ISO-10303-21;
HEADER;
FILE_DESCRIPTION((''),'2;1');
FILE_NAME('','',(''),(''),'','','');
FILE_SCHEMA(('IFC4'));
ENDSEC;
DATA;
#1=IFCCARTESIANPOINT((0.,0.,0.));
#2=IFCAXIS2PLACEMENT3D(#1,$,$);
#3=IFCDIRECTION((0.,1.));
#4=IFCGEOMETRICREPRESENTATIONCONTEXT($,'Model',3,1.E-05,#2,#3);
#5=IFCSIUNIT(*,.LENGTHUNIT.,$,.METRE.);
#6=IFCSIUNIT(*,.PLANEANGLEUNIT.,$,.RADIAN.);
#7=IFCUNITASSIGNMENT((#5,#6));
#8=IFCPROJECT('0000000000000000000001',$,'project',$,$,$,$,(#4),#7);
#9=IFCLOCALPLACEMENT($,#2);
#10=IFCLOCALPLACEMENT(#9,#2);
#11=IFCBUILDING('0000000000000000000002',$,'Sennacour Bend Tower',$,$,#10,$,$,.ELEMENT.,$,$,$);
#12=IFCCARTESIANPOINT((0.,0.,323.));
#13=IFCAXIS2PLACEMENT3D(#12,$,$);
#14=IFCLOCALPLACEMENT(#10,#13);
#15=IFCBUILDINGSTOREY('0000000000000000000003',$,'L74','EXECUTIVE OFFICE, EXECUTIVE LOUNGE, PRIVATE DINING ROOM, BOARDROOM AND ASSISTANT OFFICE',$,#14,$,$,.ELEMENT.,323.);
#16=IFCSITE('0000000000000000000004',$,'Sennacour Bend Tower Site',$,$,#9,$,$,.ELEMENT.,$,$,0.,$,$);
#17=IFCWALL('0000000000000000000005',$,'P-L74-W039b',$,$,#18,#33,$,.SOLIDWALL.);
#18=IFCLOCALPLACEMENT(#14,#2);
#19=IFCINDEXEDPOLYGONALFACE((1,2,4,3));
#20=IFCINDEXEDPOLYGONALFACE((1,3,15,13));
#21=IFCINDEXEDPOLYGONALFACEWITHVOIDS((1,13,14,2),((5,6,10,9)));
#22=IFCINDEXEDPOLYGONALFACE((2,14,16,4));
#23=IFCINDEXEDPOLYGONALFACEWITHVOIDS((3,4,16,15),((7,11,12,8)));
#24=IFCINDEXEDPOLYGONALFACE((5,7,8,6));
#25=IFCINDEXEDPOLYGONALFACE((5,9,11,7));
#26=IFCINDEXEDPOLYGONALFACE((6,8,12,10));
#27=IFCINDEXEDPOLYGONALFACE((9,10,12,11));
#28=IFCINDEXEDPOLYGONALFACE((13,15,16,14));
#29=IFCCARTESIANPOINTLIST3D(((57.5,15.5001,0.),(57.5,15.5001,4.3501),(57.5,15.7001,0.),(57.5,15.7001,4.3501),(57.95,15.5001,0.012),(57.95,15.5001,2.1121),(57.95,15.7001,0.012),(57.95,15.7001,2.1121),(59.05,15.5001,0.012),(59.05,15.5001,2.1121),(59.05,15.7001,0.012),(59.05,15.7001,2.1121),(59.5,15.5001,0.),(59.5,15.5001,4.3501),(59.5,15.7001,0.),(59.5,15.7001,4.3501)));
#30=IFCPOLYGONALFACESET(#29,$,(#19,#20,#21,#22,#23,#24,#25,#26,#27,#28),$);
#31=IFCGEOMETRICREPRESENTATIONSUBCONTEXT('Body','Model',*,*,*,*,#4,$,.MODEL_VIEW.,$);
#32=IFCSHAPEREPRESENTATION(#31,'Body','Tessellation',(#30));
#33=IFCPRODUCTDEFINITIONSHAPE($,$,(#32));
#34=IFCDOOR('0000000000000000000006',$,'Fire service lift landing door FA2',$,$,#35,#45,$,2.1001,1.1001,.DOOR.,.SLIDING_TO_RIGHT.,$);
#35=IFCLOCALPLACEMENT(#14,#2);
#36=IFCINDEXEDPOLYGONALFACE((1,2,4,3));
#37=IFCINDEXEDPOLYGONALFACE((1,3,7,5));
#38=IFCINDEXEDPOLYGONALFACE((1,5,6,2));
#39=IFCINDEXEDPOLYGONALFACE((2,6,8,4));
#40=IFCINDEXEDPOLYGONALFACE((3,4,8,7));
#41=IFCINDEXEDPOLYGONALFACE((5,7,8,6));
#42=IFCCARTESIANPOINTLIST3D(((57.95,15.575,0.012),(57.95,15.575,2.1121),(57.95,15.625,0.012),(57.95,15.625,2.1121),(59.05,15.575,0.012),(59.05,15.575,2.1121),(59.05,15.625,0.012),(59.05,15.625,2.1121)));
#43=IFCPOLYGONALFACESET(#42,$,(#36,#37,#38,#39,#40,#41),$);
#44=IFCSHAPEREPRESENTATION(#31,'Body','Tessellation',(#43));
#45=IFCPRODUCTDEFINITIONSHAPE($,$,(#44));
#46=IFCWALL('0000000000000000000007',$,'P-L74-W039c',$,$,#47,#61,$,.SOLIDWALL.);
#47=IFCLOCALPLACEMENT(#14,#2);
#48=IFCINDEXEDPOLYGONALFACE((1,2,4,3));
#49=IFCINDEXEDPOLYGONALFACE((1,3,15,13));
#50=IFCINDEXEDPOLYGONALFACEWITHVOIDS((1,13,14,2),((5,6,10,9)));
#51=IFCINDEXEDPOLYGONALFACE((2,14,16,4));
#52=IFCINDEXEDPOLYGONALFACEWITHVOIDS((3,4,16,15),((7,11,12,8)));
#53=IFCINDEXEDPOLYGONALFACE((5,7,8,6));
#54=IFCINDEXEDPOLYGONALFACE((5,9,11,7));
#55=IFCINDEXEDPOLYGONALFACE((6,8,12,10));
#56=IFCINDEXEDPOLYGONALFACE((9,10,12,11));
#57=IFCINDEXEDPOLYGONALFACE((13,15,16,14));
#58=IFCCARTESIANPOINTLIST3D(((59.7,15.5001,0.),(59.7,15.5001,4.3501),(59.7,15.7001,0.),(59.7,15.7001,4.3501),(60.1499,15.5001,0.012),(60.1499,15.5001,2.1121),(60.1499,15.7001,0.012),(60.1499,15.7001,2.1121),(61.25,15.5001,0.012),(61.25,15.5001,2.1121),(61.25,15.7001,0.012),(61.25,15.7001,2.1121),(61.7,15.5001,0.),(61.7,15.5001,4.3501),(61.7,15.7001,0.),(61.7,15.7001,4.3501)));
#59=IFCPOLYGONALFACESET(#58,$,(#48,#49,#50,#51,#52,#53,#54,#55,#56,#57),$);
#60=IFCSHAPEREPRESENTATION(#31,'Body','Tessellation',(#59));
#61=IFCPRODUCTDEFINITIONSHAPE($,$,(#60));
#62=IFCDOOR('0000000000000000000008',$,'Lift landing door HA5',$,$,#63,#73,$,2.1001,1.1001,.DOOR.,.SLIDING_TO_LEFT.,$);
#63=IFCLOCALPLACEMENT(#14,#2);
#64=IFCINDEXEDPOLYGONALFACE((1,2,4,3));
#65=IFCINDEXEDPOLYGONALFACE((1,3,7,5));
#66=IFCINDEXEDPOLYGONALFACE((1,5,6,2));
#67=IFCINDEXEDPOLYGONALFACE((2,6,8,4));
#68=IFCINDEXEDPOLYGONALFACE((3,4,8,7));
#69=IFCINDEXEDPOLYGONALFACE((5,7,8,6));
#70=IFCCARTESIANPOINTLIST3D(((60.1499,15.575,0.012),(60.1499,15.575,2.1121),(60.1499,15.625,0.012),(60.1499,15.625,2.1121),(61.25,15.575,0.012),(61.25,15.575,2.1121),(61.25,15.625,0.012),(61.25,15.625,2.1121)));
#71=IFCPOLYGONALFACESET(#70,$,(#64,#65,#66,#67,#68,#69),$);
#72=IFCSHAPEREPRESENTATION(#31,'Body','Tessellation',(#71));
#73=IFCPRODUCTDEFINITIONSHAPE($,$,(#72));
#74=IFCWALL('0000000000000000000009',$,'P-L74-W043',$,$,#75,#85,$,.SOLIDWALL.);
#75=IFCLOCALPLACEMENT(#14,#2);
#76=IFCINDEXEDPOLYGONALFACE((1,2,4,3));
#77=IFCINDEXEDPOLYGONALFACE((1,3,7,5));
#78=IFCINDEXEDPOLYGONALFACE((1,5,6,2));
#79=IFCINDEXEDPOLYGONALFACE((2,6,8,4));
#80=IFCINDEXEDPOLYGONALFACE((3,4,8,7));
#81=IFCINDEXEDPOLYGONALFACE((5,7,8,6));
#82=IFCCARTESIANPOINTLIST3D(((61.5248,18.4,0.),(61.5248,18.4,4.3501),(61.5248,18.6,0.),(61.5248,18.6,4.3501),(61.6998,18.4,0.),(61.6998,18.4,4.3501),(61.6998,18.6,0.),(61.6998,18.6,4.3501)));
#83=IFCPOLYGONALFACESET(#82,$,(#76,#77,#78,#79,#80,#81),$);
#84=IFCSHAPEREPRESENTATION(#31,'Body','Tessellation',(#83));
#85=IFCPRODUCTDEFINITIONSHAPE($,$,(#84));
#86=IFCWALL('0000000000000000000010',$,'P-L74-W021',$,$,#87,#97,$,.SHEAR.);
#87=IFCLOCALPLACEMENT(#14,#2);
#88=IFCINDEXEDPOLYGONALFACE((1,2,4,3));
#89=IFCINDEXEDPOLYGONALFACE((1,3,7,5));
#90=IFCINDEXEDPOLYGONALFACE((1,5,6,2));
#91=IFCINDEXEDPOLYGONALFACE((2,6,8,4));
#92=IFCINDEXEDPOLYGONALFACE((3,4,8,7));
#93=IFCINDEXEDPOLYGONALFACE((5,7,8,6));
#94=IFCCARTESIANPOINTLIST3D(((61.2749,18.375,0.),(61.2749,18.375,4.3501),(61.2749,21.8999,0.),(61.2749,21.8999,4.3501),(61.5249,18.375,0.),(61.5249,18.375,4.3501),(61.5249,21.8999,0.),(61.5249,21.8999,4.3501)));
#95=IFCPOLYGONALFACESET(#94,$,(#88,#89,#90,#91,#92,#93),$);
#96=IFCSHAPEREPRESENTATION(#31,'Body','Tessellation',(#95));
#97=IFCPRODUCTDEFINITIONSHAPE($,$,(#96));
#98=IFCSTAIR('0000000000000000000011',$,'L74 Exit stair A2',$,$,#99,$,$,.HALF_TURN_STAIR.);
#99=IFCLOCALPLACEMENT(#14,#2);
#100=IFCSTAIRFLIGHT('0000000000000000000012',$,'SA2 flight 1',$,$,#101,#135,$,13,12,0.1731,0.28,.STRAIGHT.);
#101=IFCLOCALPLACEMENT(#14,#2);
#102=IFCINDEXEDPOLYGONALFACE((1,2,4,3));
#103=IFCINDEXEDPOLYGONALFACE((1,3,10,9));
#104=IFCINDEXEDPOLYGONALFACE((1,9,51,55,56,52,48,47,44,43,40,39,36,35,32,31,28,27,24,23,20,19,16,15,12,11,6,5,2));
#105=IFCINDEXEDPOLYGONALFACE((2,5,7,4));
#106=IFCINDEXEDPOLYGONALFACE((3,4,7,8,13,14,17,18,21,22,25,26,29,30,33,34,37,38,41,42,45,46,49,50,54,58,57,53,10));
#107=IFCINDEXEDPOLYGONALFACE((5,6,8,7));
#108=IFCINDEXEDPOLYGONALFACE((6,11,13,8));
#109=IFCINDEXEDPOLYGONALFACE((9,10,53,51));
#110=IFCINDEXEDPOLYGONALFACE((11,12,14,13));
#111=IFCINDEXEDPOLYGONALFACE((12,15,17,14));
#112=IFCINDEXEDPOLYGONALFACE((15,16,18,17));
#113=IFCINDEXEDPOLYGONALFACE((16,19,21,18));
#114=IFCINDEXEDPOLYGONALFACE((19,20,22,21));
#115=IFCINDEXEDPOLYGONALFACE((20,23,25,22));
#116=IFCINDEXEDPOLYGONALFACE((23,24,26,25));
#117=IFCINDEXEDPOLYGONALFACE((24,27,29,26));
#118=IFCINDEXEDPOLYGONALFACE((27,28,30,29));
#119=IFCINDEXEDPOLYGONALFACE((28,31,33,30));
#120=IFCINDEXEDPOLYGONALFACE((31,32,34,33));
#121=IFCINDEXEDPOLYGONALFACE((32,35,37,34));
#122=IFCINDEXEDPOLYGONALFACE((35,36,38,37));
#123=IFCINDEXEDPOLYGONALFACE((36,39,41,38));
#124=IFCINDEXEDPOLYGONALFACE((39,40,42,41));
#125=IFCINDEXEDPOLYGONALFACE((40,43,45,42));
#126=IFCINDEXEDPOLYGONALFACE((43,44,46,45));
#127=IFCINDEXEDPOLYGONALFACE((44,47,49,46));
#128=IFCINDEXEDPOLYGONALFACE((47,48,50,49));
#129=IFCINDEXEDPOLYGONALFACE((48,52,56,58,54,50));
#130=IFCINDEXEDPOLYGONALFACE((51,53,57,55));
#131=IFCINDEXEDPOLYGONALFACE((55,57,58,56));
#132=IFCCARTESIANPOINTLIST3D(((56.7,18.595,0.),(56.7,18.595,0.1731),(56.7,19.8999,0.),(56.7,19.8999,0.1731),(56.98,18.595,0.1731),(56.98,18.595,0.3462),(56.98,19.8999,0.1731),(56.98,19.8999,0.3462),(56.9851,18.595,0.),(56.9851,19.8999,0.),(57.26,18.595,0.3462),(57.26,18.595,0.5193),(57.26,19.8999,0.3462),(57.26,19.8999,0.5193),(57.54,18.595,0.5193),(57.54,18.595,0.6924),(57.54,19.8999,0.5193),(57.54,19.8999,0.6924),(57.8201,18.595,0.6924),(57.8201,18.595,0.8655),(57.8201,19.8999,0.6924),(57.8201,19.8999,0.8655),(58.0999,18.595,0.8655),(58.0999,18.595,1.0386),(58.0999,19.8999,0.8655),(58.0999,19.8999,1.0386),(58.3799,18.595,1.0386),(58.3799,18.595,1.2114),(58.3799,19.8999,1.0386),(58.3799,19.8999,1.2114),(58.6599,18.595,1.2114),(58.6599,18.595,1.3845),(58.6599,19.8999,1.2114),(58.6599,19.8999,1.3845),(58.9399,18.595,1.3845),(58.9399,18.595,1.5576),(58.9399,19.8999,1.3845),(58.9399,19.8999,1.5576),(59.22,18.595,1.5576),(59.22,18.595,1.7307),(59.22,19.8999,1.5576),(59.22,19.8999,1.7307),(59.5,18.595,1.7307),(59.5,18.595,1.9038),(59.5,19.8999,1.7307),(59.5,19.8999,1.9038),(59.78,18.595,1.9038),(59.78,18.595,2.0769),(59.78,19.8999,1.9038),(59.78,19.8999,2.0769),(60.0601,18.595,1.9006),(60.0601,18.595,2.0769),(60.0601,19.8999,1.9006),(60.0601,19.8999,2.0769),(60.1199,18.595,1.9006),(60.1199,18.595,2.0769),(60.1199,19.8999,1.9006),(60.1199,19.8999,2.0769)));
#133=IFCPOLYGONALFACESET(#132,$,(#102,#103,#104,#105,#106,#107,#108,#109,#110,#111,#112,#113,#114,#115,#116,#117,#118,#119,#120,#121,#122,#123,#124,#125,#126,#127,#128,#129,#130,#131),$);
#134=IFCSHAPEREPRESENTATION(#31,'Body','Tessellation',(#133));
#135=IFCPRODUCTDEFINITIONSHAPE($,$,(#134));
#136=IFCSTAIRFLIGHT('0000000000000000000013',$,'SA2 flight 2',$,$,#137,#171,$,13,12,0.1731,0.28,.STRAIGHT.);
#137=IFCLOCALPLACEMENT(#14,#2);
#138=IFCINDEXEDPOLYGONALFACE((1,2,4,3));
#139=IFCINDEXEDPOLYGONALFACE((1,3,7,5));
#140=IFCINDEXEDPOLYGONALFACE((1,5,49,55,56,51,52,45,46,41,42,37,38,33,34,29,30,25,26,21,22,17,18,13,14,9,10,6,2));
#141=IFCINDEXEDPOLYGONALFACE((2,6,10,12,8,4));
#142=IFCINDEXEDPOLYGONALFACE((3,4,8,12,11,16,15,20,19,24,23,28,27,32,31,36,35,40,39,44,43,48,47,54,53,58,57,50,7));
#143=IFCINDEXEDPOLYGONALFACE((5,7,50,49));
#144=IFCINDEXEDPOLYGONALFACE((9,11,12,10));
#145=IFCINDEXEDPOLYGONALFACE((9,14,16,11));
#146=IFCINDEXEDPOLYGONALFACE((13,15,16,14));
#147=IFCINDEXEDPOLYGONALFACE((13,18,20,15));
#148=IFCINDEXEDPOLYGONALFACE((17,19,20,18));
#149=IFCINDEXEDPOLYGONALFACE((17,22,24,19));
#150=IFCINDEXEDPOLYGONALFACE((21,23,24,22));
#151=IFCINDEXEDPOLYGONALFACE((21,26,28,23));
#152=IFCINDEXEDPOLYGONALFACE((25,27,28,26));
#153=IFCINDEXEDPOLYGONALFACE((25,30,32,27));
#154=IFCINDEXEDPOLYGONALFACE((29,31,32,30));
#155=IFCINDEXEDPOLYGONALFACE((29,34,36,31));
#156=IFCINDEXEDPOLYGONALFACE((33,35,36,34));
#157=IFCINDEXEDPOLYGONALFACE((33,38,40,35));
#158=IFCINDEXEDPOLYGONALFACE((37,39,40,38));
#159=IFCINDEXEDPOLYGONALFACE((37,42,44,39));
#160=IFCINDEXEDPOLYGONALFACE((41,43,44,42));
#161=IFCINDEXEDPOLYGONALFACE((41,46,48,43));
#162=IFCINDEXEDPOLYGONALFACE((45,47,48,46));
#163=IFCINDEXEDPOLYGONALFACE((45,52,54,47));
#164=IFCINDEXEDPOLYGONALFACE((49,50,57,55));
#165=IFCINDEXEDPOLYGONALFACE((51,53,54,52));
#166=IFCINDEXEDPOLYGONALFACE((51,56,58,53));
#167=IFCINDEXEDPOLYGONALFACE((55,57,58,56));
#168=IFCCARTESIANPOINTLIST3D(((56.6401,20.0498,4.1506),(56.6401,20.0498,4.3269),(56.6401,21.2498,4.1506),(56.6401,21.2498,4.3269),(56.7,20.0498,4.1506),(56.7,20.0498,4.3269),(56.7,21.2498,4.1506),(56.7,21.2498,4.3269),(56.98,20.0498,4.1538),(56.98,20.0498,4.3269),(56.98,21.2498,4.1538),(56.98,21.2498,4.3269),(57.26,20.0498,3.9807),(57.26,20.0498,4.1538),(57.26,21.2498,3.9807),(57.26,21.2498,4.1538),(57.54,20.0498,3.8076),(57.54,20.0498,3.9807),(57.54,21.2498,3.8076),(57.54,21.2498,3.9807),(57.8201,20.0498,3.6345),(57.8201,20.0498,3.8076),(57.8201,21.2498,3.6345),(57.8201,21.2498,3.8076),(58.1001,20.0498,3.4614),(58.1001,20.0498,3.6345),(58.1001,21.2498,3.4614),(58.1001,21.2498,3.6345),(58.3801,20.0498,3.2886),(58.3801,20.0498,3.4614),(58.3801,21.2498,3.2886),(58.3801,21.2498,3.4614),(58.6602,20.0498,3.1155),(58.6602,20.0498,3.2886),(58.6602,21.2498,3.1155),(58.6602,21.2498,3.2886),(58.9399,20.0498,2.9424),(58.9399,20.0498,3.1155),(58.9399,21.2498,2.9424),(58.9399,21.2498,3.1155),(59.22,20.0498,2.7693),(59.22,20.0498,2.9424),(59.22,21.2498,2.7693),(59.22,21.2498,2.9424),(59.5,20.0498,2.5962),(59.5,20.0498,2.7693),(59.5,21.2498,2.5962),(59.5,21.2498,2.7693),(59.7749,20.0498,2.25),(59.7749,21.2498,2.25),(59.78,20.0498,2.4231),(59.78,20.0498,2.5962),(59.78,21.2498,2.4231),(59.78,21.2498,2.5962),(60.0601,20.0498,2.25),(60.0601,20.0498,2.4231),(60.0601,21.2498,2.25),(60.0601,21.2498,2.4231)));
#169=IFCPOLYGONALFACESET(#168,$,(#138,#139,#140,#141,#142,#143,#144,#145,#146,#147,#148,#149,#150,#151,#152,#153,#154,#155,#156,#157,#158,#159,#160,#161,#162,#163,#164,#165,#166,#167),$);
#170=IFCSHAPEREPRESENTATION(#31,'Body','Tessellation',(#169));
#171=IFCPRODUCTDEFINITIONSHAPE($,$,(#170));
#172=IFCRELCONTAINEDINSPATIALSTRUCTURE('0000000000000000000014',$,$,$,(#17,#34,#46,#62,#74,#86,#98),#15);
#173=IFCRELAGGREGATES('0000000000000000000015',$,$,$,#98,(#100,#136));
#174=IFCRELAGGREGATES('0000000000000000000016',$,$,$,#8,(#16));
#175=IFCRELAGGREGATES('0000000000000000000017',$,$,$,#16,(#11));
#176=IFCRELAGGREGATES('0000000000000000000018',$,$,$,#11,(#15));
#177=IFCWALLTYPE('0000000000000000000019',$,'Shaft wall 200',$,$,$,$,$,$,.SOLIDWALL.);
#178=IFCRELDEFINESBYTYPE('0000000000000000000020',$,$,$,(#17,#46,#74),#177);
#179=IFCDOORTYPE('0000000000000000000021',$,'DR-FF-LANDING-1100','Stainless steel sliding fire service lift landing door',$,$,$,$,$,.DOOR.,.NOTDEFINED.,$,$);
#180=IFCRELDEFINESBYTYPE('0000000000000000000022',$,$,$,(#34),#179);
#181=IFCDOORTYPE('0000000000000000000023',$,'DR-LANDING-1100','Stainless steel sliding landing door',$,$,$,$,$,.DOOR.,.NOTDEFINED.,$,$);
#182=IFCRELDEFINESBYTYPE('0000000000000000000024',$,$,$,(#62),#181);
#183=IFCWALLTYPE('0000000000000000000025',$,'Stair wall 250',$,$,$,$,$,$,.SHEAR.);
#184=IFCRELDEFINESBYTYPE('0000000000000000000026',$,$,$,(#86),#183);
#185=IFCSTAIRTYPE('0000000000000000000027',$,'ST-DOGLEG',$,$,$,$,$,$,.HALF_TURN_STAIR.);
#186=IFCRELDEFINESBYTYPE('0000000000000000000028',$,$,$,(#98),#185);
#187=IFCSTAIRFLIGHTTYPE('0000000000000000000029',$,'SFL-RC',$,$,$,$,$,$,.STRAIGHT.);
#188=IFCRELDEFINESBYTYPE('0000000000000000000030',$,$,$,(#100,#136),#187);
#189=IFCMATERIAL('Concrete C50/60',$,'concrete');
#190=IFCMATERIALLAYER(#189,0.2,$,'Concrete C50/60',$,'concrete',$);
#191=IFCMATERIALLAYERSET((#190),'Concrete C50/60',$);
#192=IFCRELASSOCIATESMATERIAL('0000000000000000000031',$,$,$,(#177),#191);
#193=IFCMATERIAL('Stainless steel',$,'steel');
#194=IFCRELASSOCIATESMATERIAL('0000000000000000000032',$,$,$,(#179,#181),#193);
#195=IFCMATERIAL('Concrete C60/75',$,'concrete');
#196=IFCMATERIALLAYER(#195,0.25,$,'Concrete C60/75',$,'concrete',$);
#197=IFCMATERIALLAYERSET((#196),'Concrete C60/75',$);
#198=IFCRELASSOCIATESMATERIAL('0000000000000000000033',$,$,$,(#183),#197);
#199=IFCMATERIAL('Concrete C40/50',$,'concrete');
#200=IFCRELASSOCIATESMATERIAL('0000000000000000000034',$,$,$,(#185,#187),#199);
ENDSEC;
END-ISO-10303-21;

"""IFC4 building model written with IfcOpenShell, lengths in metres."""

from ifc_helpers import new_model, si_unit, direction, frame, frame_2d, origin, place, context, subcontext, project, spatial, polyline, rectangle, outline, extrude, material, layer, layer_set, type_object, element, fill, aggregate, save


model = new_model("IFC4")

# Units and contexts
model_context = context("Model", 3, precision=1e-05, world=origin(), true_north=direction((0.0, 1.0)))
body_context = subcontext(model_context, "Body", "Model", "MODEL_VIEW")
ifc_project = project(units=[si_unit("LENGTHUNIT", "METRE"), si_unit("PLANEANGLEUNIT", "RADIAN")], contexts=[model_context])

# Site, building, storey
site_placement = place(None, origin())
site = spatial("IfcSite", under=ifc_project, at=site_placement, Name="Sennacour Bend Tower Site", CompositionType="ELEMENT", RefElevation=0.0)
building_placement = place(site_placement, origin())
building = spatial("IfcBuilding", under=site, at=building_placement, Name="Sennacour Bend Tower", CompositionType="ELEMENT")
storey_placement = place(building_placement, frame((0.0, 0.0, 323.0)))
storey = spatial("IfcBuildingStorey", under=building, at=storey_placement, Name="L74", Description="EXECUTIVE OFFICE, EXECUTIVE LOUNGE, PRIVATE DINING ROOM, BOARDROOM AND ASSISTANT OFFICE", CompositionType="ELEMENT", Elevation=323.0)

# Shared definitions
ifc_material_1 = material(Name="Concrete C50/60", Category="concrete")
ifc_layer_1 = layer(ifc_material_1, 0.2, Name="Concrete C50/60", Category="concrete")
ifc_layer_set_1 = layer_set([ifc_layer_1], Name="Concrete C50/60")
wall_type_1 = type_object("IfcWallType", Name="Shaft wall 200", PredefinedType="SOLIDWALL", material=ifc_layer_set_1)

# Walls, openings, doors
wall_1_placement = place(storey_placement, frame((57.5, 15.6001, 0.0), z_axis=(0.0, 0.0, 1.0), x_axis=(1.0, 0.0, 0.0)))
wall_1 = element("IfcWall", 1, at=wall_1_placement, inside=storey, type_object=wall_type_1, Name="P-L74-W039b", PredefinedType="SOLIDWALL", context=body_context, shape_type="SweptSolid", body=[
    extrude(rectangle(XDim=2.0, YDim=0.2, at=frame_2d((1.0, 0.0))), origin(), (0.0, 0.0, 1.0), 4.3501),
])
opening_1_placement = place(wall_1_placement, frame((0.45, 0.0, 0.012)))
opening_1 = element("IfcOpeningElement", 2, at=opening_1_placement, cuts=wall_1, PredefinedType="OPENING", context=body_context, shape_type="SweptSolid", body=[
    extrude(rectangle(XDim=1.1001, YDim=2.1001, at=frame_2d((0.55, 1.05))), frame((0.0, 0.1099, 0.0), z_axis=(0.0, -1.0, 0.0), x_axis=(1.0, 0.0, 0.0)), (0.0, 0.0, 1.0), 0.22),
])
ifc_material_2 = material(Name="Stainless steel", Category="steel")
door_type_1 = type_object("IfcDoorType", Name="DR-FF-LANDING-1100", Description="Stainless steel sliding fire service lift landing door", OperationType="NOTDEFINED", PredefinedType="DOOR", material=ifc_material_2)
door_1_placement = place(opening_1_placement, origin())
door_1 = element("IfcDoor", 3, at=door_1_placement, inside=storey, type_object=door_type_1, Name="Fire service lift landing door FA2", OperationType="SLIDING_TO_RIGHT", OverallHeight=2.1001, OverallWidth=1.1001, PredefinedType="DOOR", context=body_context, shape_type="SweptSolid", body=[
    extrude(rectangle(XDim=1.1001, YDim=2.1001, at=frame_2d((0.55, 1.05))), frame((0.0, 0.0249, 0.0), z_axis=(0.0, -1.0, 0.0), x_axis=(1.0, 0.0, 0.0)), (0.0, 0.0, 1.0), 0.05),
])
fill(opening_1, door_1)
wall_2_placement = place(storey_placement, frame((59.7, 15.6001, 0.0), z_axis=(0.0, 0.0, 1.0), x_axis=(1.0, 0.0, 0.0)))
wall_2 = element("IfcWall", 4, at=wall_2_placement, inside=storey, type_object=wall_type_1, Name="P-L74-W039c", PredefinedType="SOLIDWALL", context=body_context, shape_type="SweptSolid", body=[
    extrude(rectangle(XDim=2.0, YDim=0.2, at=frame_2d((1.0, 0.0))), origin(), (0.0, 0.0, 1.0), 4.3501),
])
opening_2_placement = place(wall_2_placement, frame((0.45, 0.0, 0.012)))
opening_2 = element("IfcOpeningElement", 5, at=opening_2_placement, cuts=wall_2, PredefinedType="OPENING", context=body_context, shape_type="SweptSolid", body=[
    extrude(rectangle(XDim=1.1001, YDim=2.1001, at=frame_2d((0.55, 1.05))), frame((0.0, 0.1099, 0.0), z_axis=(0.0, -1.0, 0.0), x_axis=(1.0, 0.0, 0.0)), (0.0, 0.0, 1.0), 0.22),
])
door_type_2 = type_object("IfcDoorType", Name="DR-LANDING-1100", Description="Stainless steel sliding landing door", OperationType="NOTDEFINED", PredefinedType="DOOR", material=ifc_material_2)
door_2_placement = place(opening_2_placement, origin())
door_2 = element("IfcDoor", 6, at=door_2_placement, inside=storey, type_object=door_type_2, Name="Lift landing door HA5", OperationType="SLIDING_TO_LEFT", OverallHeight=2.1001, OverallWidth=1.1001, PredefinedType="DOOR", context=body_context, shape_type="SweptSolid", body=[
    extrude(rectangle(XDim=1.1001, YDim=2.1001, at=frame_2d((0.55, 1.05))), frame((0.0, 0.0249, 0.0), z_axis=(0.0, -1.0, 0.0), x_axis=(1.0, 0.0, 0.0)), (0.0, 0.0, 1.0), 0.05),
])
fill(opening_2, door_2)

# Walls
wall_3_placement = place(storey_placement, frame((61.5249, 18.5, 0.0), z_axis=(0.0, 0.0, 1.0), x_axis=(1.0, 0.0, 0.0)))
element("IfcWall", 7, at=wall_3_placement, inside=storey, type_object=wall_type_1, Name="P-L74-W043", PredefinedType="SOLIDWALL", context=body_context, shape_type="SweptSolid", body=[
    extrude(rectangle(XDim=0.175, YDim=0.2, at=frame_2d((0.0874, 0.0))), origin(), (0.0, 0.0, 1.0), 4.3501),
])
ifc_material_3 = material(Name="Concrete C60/75", Category="concrete")
ifc_layer_2 = layer(ifc_material_3, 0.25, Name="Concrete C60/75", Category="concrete")
ifc_layer_set_2 = layer_set([ifc_layer_2], Name="Concrete C60/75")
wall_type_2 = type_object("IfcWallType", Name="Stair wall 250", PredefinedType="SHEAR", material=ifc_layer_set_2)
wall_4_placement = place(storey_placement, frame((61.3999, 18.375, 0.0), z_axis=(0.0, 0.0, 1.0), x_axis=(0.0, 1.0, 0.0)))
element("IfcWall", 8, at=wall_4_placement, inside=storey, type_object=wall_type_2, Name="P-L74-W021", PredefinedType="SHEAR", context=body_context, shape_type="SweptSolid", body=[
    extrude(rectangle(XDim=3.5249, YDim=0.25, at=frame_2d((1.7625, 0.0))), origin(), (0.0, 0.0, 1.0), 4.3501),
])

# Stair, stair flights
ifc_material_4 = material(Name="Concrete C40/50", Category="concrete")
stair_type = type_object("IfcStairType", Name="ST-DOGLEG", PredefinedType="HALF_TURN_STAIR", material=ifc_material_4)
stair_placement = place(storey_placement, origin())
stair = element("IfcStair", 9, at=stair_placement, inside=storey, type_object=stair_type, Name="L74 Exit stair A2", PredefinedType="HALF_TURN_STAIR")
stair_flight_type = type_object("IfcStairFlightType", Name="SFL-RC", PredefinedType="STRAIGHT", material=ifc_material_4)
stair_flight_1_placement = place(storey_placement, frame((56.7, 19.2476, 0.0), z_axis=(0.0, 0.0, 1.0), x_axis=(1.0, 0.0, 0.0)))
stair_flight_1 = element("IfcStairFlight", 10, at=stair_flight_1_placement, type_object=stair_flight_type, Name="SA2 flight 1", NumberOfRisers=13, NumberOfTreads=12, PredefinedType="STRAIGHT", RiserHeight=0.1731, TreadLength=0.28, context=body_context, shape_type="SweptSolid", body=[
    extrude(outline(polyline([(0.0, 0.0), (0.0, 0.1731), (0.28, 0.1731), (0.28, 0.3462), (0.5601, 0.3462), (0.5601, 0.5193), (0.8401, 0.5193), (0.8401, 0.6924), (1.1201, 0.6924), (1.1201, 0.8655), (1.3999, 0.8655), (1.3999, 1.0386), (1.6799, 1.0386), (1.6799, 1.2114), (1.96, 1.2114), (1.96, 1.3845), (2.24, 1.3845), (2.24, 1.5576), (2.52, 1.5576), (2.52, 1.7307), (2.8, 1.7307), (2.8, 1.9038), (3.0801, 1.9038), (3.0801, 2.0769), (3.3601, 2.0769), (3.4199, 2.0769), (3.4199, 1.9006), (3.3601, 1.9006), (0.2852, 0.0), (0.0, 0.0)])), frame((0.0, 0.6523, 0.0), z_axis=(0.0, -1.0, 0.0), x_axis=(1.0, 0.0, 0.0)), (0.0, 0.0, 1.0), 1.3049),
])
stair_flight_2_placement = place(storey_placement, frame((60.0601, 20.6499, 2.25), z_axis=(0.0, 0.0, 1.0), x_axis=(-1.0, 0.0, 0.0)))
stair_flight_2 = element("IfcStairFlight", 11, at=stair_flight_2_placement, type_object=stair_flight_type, Name="SA2 flight 2", NumberOfRisers=13, NumberOfTreads=12, PredefinedType="STRAIGHT", RiserHeight=0.1731, TreadLength=0.28, context=body_context, shape_type="SweptSolid", body=[
    extrude(outline(polyline([(0.0, 0.0), (0.0, 0.1731), (0.28, 0.1731), (0.28, 0.3462), (0.5601, 0.3462), (0.5601, 0.5193), (0.8401, 0.5193), (0.8401, 0.6924), (1.1201, 0.6924), (1.1201, 0.8655), (1.3999, 0.8655), (1.3999, 1.0386), (1.6799, 1.0386), (1.6799, 1.2114), (1.96, 1.2114), (1.96, 1.3845), (2.24, 1.3845), (2.24, 1.5576), (2.52, 1.5576), (2.52, 1.7307), (2.8, 1.7307), (2.8, 1.9038), (3.0801, 1.9038), (3.0801, 2.0769), (3.3601, 2.0769), (3.4199, 2.0769), (3.4199, 1.9006), (3.3601, 1.9006), (0.2852, 0.0), (0.0, 0.0)])), frame((0.0, 0.6001, 0.0), z_axis=(0.0, -1.0, 0.0), x_axis=(1.0, 0.0, 0.0)), (0.0, 0.0, 1.0), 1.2),
])
aggregate(stair, [stair_flight_1, stair_flight_2])

save(model, "model.ifc")
